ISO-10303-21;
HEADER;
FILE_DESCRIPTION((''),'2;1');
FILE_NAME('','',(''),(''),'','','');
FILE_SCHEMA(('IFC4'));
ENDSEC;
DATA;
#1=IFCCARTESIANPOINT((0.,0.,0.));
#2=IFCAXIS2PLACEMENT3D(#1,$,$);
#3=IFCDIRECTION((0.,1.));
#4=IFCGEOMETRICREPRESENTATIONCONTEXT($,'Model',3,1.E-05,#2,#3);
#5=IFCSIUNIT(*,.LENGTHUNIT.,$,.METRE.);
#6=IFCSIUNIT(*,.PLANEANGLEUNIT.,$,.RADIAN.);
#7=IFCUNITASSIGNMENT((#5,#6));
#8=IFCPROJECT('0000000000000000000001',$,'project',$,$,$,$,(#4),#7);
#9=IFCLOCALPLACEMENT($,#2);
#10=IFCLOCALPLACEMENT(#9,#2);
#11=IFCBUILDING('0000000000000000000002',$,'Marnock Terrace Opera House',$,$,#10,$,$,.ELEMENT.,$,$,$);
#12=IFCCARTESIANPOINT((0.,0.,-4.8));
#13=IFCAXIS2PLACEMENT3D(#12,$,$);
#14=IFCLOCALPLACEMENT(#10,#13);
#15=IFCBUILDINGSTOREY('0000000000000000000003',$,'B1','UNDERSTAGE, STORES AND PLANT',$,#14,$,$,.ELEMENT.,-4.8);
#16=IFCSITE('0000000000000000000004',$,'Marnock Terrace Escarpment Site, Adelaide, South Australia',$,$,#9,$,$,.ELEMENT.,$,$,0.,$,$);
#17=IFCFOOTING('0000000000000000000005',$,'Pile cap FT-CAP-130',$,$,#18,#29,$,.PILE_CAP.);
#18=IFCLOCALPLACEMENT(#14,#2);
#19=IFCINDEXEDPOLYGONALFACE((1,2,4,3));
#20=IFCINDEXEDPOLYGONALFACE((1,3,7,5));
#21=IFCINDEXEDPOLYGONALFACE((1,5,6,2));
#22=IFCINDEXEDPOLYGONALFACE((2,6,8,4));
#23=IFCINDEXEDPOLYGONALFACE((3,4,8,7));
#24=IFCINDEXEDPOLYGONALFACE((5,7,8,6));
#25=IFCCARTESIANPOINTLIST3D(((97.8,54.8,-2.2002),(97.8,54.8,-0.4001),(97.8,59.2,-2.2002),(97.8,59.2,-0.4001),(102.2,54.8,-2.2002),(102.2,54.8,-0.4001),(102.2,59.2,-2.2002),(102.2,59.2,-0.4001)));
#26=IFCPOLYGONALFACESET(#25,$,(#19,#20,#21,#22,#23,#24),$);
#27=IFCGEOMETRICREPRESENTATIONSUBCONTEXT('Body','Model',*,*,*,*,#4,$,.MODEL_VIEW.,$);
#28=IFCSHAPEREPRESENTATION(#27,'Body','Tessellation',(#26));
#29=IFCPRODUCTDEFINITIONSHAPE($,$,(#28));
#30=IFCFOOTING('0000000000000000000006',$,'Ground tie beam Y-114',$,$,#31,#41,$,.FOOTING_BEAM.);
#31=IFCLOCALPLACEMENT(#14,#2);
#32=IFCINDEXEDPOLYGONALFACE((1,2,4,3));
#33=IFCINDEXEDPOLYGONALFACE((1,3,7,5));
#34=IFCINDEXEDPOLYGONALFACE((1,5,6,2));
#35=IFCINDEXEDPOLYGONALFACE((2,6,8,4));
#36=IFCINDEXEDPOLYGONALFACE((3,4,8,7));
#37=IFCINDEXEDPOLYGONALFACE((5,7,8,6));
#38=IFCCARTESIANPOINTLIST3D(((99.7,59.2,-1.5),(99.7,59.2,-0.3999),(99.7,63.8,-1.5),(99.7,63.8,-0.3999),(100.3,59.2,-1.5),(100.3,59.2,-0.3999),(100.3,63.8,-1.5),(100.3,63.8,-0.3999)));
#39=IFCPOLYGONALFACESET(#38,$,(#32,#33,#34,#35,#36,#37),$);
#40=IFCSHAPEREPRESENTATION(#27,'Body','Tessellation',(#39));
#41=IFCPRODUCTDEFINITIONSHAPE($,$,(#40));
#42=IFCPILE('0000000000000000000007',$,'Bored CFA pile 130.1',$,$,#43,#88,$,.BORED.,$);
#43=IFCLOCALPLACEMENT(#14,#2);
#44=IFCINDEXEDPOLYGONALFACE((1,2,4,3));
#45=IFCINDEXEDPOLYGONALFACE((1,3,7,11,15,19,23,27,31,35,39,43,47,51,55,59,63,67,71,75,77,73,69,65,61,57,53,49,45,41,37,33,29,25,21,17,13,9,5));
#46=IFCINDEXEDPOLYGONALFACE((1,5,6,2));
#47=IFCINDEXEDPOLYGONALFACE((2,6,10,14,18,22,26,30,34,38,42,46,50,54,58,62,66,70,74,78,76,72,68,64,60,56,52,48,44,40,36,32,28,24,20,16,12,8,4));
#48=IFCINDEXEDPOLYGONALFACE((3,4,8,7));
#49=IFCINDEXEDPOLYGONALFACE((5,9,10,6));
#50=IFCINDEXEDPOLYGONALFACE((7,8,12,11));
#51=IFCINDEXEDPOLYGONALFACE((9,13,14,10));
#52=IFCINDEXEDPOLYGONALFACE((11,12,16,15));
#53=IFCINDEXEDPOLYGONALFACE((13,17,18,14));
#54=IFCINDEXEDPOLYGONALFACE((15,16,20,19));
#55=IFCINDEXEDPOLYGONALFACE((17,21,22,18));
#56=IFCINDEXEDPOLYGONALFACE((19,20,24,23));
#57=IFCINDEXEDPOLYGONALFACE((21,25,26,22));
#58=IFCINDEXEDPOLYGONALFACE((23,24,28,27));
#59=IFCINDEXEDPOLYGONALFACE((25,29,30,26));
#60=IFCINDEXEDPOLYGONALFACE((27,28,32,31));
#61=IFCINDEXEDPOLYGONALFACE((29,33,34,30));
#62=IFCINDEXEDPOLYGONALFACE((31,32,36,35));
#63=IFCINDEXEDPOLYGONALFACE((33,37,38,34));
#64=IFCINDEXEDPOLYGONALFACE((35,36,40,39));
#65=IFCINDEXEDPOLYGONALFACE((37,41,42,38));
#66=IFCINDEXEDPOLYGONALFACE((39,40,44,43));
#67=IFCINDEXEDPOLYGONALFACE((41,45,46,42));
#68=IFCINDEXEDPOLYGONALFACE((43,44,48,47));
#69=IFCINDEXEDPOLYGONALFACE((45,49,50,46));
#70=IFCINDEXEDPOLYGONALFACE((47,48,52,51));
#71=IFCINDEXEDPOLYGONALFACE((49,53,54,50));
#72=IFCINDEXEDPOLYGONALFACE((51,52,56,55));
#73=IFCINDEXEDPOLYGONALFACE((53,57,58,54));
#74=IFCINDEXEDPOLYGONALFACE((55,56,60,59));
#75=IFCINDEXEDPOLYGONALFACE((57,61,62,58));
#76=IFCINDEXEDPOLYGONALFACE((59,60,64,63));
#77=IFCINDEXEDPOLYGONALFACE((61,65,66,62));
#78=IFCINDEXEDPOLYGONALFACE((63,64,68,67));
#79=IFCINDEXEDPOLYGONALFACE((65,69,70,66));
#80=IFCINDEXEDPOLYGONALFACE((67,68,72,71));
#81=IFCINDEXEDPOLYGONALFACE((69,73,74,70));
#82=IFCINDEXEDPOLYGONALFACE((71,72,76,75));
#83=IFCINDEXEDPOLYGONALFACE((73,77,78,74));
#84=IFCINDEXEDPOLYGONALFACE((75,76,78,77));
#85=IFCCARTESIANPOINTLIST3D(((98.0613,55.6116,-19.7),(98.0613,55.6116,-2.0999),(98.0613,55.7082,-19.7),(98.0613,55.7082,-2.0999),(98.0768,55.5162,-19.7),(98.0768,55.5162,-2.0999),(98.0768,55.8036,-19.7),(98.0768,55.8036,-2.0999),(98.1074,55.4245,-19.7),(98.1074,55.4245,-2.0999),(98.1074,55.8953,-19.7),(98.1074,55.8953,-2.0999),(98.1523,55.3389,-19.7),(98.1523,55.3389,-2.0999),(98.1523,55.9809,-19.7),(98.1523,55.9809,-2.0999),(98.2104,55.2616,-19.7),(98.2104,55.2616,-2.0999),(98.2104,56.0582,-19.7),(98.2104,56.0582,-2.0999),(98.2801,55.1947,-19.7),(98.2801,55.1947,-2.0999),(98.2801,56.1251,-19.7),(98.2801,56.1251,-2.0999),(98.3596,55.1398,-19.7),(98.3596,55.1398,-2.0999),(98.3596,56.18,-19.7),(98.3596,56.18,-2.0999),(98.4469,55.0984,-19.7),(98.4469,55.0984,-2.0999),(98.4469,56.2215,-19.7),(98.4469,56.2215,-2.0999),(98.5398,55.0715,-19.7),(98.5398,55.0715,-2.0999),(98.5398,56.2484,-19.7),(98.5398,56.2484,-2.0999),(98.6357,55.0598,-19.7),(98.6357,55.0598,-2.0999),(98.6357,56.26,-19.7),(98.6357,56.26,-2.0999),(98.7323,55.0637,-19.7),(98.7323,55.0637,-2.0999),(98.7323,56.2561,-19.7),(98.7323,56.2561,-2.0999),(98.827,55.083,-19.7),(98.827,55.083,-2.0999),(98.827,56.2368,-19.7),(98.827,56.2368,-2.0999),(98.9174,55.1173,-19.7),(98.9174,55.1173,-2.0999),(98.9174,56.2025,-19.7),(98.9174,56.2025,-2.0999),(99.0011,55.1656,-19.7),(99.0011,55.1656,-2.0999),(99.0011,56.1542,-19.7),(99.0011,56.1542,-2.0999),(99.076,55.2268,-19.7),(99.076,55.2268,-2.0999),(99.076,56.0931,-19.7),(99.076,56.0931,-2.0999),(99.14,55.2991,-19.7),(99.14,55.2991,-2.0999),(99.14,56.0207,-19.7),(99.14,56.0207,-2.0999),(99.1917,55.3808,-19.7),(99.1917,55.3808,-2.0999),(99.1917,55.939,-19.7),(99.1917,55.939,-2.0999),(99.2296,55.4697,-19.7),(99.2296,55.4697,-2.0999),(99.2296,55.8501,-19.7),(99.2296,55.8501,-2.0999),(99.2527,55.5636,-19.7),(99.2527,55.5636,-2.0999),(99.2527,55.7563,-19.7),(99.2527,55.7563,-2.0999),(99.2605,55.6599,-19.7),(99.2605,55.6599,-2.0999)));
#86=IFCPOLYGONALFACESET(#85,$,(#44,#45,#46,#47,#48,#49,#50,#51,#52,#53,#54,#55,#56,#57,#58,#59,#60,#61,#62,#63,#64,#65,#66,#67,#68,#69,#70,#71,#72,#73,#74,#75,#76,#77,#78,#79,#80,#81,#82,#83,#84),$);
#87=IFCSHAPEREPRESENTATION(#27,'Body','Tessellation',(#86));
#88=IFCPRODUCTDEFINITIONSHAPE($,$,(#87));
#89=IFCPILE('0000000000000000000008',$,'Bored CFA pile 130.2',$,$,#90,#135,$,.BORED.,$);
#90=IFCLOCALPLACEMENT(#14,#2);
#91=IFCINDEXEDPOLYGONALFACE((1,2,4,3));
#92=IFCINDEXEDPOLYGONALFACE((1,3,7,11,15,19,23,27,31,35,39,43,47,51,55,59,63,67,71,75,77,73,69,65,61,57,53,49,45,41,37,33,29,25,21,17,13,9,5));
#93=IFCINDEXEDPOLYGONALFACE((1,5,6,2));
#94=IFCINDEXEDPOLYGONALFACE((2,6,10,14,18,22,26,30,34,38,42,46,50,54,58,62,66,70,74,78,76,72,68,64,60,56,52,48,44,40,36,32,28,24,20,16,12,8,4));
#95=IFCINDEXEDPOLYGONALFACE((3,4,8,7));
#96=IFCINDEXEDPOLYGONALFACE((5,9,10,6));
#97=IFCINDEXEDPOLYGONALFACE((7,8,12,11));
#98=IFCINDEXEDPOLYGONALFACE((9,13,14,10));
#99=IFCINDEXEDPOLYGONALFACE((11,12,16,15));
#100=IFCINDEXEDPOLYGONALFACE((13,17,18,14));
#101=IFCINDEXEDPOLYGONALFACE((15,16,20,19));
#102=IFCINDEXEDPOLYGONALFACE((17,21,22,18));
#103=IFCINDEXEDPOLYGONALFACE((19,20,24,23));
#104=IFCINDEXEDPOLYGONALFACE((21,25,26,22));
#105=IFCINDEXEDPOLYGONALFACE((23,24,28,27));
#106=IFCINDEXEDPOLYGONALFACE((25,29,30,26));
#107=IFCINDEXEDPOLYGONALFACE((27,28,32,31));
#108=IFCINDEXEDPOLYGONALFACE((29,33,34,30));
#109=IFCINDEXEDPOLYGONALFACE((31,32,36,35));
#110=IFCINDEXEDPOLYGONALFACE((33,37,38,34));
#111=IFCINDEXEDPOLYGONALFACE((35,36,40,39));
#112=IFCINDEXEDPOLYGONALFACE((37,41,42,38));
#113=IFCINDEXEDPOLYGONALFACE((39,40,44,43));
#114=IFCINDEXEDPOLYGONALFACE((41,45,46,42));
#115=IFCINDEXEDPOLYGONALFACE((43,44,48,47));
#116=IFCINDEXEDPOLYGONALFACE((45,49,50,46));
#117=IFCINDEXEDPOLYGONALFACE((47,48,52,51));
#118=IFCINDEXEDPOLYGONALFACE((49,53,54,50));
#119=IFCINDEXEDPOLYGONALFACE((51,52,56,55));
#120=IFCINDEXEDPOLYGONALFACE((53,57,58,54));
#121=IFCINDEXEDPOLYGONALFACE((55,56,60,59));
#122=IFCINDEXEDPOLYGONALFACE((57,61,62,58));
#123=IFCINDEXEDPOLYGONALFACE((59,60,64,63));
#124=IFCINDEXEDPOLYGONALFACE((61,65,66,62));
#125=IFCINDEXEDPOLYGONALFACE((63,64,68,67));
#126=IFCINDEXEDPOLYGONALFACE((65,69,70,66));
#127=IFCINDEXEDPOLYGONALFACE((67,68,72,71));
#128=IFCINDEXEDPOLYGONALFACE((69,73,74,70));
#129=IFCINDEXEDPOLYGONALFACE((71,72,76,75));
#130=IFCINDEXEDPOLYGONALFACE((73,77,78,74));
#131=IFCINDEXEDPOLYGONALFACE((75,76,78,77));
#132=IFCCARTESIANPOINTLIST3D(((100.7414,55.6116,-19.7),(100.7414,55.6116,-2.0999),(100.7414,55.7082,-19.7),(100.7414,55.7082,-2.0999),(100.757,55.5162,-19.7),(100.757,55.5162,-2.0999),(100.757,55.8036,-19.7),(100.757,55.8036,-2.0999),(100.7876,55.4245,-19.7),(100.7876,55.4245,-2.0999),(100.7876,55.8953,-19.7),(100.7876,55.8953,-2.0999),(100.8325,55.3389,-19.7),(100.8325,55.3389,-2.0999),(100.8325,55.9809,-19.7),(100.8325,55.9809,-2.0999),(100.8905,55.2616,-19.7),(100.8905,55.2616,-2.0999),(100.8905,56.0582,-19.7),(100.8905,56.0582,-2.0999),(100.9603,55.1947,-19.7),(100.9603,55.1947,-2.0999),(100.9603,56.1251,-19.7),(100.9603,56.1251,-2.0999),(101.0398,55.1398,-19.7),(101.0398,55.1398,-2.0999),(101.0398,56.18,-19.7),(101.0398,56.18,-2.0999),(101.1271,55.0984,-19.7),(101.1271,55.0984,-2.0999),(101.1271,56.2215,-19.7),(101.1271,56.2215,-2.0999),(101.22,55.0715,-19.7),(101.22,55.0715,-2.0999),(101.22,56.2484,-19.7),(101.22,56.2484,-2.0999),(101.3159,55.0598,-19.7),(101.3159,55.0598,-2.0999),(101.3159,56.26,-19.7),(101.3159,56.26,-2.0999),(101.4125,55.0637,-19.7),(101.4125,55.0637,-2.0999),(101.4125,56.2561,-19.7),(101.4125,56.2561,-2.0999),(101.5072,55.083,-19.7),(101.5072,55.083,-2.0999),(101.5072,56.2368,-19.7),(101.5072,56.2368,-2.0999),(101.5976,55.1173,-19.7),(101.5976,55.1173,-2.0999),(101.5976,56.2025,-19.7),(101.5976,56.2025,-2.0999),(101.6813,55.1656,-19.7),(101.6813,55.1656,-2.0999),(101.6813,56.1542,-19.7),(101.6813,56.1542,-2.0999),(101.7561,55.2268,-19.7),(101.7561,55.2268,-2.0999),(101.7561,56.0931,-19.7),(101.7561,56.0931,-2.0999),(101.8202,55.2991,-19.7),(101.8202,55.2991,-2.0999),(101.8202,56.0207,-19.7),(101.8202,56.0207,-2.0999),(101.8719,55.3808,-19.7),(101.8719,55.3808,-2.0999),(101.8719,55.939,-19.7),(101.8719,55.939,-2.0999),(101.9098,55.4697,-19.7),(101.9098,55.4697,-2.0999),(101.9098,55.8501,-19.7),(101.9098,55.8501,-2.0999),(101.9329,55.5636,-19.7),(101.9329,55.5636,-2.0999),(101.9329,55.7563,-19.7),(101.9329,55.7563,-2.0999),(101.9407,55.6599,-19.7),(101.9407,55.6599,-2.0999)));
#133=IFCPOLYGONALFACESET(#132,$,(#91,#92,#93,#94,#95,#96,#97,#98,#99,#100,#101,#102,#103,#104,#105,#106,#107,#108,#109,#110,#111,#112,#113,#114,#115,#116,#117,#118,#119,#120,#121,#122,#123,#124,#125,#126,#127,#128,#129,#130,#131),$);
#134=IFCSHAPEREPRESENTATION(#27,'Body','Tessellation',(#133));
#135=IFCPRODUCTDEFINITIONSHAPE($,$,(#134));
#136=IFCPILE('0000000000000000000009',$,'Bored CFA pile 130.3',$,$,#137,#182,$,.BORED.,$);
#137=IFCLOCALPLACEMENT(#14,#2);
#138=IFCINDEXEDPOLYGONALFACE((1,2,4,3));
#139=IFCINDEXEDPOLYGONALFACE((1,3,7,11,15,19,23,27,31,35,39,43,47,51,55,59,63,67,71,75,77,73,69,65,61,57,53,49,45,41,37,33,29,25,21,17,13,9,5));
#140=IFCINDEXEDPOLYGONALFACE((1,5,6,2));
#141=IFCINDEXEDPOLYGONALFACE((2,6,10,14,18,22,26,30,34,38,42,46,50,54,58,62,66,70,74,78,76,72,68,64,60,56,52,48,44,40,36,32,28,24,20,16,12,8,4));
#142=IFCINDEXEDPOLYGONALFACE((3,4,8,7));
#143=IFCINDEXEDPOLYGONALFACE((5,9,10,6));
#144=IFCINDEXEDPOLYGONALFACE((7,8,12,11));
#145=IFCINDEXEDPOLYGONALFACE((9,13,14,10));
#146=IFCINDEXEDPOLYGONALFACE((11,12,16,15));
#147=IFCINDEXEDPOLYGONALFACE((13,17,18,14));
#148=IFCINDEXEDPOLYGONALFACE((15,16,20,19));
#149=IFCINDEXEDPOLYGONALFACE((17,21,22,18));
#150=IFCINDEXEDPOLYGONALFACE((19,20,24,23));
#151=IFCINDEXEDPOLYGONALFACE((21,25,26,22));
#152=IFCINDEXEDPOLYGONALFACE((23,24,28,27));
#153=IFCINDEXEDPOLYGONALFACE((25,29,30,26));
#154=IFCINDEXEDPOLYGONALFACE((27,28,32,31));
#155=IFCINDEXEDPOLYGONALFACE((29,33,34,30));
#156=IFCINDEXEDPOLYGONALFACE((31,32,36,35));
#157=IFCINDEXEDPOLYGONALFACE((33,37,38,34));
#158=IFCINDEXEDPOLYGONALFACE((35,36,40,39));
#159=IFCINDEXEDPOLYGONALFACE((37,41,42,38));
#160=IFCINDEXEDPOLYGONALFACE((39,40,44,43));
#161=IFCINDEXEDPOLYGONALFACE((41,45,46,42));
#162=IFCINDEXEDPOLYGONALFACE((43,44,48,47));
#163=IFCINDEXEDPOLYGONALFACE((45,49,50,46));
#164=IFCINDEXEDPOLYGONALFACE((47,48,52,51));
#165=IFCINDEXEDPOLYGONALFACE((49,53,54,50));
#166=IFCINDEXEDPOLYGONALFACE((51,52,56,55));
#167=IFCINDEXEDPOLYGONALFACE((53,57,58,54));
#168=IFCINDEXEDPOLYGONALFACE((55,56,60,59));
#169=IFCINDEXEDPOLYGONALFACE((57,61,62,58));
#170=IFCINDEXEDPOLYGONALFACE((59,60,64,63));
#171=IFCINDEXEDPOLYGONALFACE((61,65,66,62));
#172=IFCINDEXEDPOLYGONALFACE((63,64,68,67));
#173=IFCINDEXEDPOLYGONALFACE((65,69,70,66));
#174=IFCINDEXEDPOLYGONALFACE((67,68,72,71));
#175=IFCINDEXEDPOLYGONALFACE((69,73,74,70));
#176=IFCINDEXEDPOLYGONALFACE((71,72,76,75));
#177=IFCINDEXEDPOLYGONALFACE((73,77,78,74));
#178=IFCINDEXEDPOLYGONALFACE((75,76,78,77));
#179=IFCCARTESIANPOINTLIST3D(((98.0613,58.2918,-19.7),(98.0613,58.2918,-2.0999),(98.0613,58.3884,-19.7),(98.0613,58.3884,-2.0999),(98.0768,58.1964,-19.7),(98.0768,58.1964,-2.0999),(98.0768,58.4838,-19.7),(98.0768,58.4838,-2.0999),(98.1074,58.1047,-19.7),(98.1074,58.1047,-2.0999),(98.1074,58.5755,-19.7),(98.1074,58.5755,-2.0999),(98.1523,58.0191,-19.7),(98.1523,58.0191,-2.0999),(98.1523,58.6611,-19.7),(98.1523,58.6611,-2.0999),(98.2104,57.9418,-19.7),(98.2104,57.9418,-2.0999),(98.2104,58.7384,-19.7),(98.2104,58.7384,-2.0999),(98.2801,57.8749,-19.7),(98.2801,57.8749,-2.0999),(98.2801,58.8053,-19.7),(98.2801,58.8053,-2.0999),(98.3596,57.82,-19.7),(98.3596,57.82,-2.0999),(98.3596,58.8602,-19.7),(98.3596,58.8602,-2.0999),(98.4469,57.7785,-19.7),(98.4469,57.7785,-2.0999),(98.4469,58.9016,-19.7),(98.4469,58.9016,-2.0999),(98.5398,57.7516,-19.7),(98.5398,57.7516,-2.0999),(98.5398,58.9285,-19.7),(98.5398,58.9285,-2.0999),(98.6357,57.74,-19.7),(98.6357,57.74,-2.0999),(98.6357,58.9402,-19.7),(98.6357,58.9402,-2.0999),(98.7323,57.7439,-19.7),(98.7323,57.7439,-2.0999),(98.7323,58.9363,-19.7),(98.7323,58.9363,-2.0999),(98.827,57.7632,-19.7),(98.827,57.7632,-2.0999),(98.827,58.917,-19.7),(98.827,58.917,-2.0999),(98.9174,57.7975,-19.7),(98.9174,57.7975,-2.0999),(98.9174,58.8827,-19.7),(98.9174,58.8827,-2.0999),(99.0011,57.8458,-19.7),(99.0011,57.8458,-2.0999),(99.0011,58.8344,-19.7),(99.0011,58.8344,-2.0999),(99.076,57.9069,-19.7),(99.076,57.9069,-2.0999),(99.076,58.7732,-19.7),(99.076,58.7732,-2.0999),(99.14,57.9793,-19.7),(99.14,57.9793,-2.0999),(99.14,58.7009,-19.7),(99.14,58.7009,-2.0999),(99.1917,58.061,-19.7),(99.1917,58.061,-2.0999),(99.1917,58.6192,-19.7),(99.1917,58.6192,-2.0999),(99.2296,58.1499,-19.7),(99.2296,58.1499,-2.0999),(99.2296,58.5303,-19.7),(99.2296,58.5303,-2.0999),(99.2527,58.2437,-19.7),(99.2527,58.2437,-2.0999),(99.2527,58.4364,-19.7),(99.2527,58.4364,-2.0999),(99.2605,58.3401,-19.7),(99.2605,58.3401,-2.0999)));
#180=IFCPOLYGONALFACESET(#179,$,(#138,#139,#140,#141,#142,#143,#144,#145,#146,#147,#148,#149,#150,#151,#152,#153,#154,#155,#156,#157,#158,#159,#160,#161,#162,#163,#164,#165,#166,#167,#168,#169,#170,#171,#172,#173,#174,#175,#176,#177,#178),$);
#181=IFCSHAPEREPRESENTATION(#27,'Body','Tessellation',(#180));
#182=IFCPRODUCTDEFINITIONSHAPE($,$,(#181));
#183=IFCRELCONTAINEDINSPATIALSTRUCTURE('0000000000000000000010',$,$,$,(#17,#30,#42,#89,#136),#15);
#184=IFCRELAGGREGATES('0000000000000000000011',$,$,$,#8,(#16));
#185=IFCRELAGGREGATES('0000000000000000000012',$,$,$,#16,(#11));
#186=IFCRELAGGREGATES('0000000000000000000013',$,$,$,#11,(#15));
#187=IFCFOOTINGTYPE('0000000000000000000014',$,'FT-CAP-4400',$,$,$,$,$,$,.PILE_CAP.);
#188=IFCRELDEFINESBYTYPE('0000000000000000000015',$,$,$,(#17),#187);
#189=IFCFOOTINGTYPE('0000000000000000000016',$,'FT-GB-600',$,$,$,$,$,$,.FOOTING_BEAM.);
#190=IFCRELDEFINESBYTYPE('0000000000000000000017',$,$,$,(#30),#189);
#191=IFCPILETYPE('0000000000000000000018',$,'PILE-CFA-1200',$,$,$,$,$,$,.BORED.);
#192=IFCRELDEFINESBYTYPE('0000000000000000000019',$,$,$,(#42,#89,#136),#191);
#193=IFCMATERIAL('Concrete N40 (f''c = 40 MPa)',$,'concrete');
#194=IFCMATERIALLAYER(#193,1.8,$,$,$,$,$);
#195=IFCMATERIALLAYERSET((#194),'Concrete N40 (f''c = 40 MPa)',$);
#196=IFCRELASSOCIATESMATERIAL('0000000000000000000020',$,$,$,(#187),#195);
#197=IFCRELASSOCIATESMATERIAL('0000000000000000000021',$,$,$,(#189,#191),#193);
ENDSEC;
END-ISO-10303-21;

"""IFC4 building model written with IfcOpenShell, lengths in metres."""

from ifc_helpers import new_model, si_unit, direction, frame, origin, origin_2d, place, context, subcontext, project, spatial, rectangle, circle, extrude, material, layer, layer_set, material_profile, profile_set, type_object, element, save


model = new_model("IFC4")

# Units and contexts
model_context = context("Model", 3, precision=1e-05, world=origin(), true_north=direction((0.0, 1.0)))
body_context = subcontext(model_context, "Body", "Model", "MODEL_VIEW")
ifc_project = project(units=[si_unit("LENGTHUNIT", "METRE"), si_unit("PLANEANGLEUNIT", "RADIAN")], contexts=[model_context])

# Site, building, storey
site_placement = place(None, origin())
site = spatial("IfcSite", under=ifc_project, at=site_placement, Name="Marnock Terrace Escarpment Site, Adelaide, South Australia", CompositionType="ELEMENT", RefElevation=0.0)
building_placement = place(site_placement, origin())
building = spatial("IfcBuilding", under=site, at=building_placement, Name="Marnock Terrace Opera House", CompositionType="ELEMENT")
storey_placement = place(building_placement, frame((0.0, 0.0, -4.8)))
storey = spatial("IfcBuildingStorey", under=building, at=storey_placement, Name="B1", Description="UNDERSTAGE, STORES AND PLANT", CompositionType="ELEMENT", Elevation=-4.8)

# Footings
ifc_material_1 = material(Name="Concrete N40 (f'c = 40 MPa)", Category="concrete")
ifc_layer_1 = layer(ifc_material_1, 1.8)
ifc_layer_set_1 = layer_set([ifc_layer_1], Name="Concrete N40 (f'c = 40 MPa)")
footing_type_1 = type_object("IfcFootingType", Name="FT-CAP-4400", PredefinedType="PILE_CAP", material=ifc_layer_set_1)
footing_1_placement = place(storey_placement, frame((100.0, 57.0, -2.2002), z_axis=(0.0, 0.0, 1.0), x_axis=(1.0, 0.0, 0.0)))
element("IfcFooting", 1, at=footing_1_placement, inside=storey, type_object=footing_type_1, Name="Pile cap FT-CAP-130", PredefinedType="PILE_CAP", context=body_context, shape_type="SweptSolid", body=[
    extrude(rectangle(XDim=4.3999, YDim=4.3999, at=origin_2d()), origin(), (0.0, 0.0, 1.0), 1.8),
])
ifc_material_profile_1 = material_profile(ifc_material_1, rectangle(XDim=0.6001, YDim=1.1001, at=origin_2d()))
ifc_profile_set_1 = profile_set([ifc_material_profile_1], Name="Concrete N40 (f'c = 40 MPa)")
footing_type_2 = type_object("IfcFootingType", Name="FT-GB-600", PredefinedType="FOOTING_BEAM", material=ifc_profile_set_1)
footing_2_placement = place(storey_placement, frame((100.0, 59.2, -0.95), z_axis=(0.0, 1.0, 0.0), x_axis=(-1.0, 0.0, 0.0)))
element("IfcFooting", 2, at=footing_2_placement, inside=storey, type_object=footing_type_2, Name="Ground tie beam Y-114", PredefinedType="FOOTING_BEAM", context=body_context, shape_type="SweptSolid", body=[
    extrude(rectangle(XDim=0.6001, YDim=1.1001, at=origin_2d()), origin(), (0.0, 0.0, 1.0), 4.6001),
])

# Piles
ifc_material_profile_2 = material_profile(ifc_material_1, circle(Radius=0.6006, at=origin_2d()))
ifc_profile_set_2 = profile_set([ifc_material_profile_2], Name="Concrete N40 (f'c = 40 MPa)")
pile_type = type_object("IfcPileType", Name="PILE-CFA-1200", PredefinedType="BORED", material=ifc_profile_set_2)
for number, where, z_axis, x_axis, name in (
    (3, (98.6599, 55.6599, -2.0999), (0.0, 0.0, -1.0), (1.0, 0.0, 0.0), "Bored CFA pile 130.1"),
    (4, (101.3401, 55.6599, -2.0999), (0.0, 0.0, -1.0), (1.0, 0.0, 0.0), "Bored CFA pile 130.2"),
    (5, (98.6599, 58.3401, -2.0999), (0.0, 0.0, -1.0), (1.0, 0.0, 0.0), "Bored CFA pile 130.3"),
):
    element("IfcPile", number, at=place(storey_placement, frame(where, z_axis=z_axis, x_axis=x_axis)), inside=storey, type_object=pile_type, Name=name, PredefinedType="BORED", context=body_context, shape_type="SweptSolid", body=[
        extrude(circle(Radius=0.6006, at=origin_2d()), origin(), (0.0, 0.0, 1.0), 17.6001),
    ])

save(model, "model.ifc")
